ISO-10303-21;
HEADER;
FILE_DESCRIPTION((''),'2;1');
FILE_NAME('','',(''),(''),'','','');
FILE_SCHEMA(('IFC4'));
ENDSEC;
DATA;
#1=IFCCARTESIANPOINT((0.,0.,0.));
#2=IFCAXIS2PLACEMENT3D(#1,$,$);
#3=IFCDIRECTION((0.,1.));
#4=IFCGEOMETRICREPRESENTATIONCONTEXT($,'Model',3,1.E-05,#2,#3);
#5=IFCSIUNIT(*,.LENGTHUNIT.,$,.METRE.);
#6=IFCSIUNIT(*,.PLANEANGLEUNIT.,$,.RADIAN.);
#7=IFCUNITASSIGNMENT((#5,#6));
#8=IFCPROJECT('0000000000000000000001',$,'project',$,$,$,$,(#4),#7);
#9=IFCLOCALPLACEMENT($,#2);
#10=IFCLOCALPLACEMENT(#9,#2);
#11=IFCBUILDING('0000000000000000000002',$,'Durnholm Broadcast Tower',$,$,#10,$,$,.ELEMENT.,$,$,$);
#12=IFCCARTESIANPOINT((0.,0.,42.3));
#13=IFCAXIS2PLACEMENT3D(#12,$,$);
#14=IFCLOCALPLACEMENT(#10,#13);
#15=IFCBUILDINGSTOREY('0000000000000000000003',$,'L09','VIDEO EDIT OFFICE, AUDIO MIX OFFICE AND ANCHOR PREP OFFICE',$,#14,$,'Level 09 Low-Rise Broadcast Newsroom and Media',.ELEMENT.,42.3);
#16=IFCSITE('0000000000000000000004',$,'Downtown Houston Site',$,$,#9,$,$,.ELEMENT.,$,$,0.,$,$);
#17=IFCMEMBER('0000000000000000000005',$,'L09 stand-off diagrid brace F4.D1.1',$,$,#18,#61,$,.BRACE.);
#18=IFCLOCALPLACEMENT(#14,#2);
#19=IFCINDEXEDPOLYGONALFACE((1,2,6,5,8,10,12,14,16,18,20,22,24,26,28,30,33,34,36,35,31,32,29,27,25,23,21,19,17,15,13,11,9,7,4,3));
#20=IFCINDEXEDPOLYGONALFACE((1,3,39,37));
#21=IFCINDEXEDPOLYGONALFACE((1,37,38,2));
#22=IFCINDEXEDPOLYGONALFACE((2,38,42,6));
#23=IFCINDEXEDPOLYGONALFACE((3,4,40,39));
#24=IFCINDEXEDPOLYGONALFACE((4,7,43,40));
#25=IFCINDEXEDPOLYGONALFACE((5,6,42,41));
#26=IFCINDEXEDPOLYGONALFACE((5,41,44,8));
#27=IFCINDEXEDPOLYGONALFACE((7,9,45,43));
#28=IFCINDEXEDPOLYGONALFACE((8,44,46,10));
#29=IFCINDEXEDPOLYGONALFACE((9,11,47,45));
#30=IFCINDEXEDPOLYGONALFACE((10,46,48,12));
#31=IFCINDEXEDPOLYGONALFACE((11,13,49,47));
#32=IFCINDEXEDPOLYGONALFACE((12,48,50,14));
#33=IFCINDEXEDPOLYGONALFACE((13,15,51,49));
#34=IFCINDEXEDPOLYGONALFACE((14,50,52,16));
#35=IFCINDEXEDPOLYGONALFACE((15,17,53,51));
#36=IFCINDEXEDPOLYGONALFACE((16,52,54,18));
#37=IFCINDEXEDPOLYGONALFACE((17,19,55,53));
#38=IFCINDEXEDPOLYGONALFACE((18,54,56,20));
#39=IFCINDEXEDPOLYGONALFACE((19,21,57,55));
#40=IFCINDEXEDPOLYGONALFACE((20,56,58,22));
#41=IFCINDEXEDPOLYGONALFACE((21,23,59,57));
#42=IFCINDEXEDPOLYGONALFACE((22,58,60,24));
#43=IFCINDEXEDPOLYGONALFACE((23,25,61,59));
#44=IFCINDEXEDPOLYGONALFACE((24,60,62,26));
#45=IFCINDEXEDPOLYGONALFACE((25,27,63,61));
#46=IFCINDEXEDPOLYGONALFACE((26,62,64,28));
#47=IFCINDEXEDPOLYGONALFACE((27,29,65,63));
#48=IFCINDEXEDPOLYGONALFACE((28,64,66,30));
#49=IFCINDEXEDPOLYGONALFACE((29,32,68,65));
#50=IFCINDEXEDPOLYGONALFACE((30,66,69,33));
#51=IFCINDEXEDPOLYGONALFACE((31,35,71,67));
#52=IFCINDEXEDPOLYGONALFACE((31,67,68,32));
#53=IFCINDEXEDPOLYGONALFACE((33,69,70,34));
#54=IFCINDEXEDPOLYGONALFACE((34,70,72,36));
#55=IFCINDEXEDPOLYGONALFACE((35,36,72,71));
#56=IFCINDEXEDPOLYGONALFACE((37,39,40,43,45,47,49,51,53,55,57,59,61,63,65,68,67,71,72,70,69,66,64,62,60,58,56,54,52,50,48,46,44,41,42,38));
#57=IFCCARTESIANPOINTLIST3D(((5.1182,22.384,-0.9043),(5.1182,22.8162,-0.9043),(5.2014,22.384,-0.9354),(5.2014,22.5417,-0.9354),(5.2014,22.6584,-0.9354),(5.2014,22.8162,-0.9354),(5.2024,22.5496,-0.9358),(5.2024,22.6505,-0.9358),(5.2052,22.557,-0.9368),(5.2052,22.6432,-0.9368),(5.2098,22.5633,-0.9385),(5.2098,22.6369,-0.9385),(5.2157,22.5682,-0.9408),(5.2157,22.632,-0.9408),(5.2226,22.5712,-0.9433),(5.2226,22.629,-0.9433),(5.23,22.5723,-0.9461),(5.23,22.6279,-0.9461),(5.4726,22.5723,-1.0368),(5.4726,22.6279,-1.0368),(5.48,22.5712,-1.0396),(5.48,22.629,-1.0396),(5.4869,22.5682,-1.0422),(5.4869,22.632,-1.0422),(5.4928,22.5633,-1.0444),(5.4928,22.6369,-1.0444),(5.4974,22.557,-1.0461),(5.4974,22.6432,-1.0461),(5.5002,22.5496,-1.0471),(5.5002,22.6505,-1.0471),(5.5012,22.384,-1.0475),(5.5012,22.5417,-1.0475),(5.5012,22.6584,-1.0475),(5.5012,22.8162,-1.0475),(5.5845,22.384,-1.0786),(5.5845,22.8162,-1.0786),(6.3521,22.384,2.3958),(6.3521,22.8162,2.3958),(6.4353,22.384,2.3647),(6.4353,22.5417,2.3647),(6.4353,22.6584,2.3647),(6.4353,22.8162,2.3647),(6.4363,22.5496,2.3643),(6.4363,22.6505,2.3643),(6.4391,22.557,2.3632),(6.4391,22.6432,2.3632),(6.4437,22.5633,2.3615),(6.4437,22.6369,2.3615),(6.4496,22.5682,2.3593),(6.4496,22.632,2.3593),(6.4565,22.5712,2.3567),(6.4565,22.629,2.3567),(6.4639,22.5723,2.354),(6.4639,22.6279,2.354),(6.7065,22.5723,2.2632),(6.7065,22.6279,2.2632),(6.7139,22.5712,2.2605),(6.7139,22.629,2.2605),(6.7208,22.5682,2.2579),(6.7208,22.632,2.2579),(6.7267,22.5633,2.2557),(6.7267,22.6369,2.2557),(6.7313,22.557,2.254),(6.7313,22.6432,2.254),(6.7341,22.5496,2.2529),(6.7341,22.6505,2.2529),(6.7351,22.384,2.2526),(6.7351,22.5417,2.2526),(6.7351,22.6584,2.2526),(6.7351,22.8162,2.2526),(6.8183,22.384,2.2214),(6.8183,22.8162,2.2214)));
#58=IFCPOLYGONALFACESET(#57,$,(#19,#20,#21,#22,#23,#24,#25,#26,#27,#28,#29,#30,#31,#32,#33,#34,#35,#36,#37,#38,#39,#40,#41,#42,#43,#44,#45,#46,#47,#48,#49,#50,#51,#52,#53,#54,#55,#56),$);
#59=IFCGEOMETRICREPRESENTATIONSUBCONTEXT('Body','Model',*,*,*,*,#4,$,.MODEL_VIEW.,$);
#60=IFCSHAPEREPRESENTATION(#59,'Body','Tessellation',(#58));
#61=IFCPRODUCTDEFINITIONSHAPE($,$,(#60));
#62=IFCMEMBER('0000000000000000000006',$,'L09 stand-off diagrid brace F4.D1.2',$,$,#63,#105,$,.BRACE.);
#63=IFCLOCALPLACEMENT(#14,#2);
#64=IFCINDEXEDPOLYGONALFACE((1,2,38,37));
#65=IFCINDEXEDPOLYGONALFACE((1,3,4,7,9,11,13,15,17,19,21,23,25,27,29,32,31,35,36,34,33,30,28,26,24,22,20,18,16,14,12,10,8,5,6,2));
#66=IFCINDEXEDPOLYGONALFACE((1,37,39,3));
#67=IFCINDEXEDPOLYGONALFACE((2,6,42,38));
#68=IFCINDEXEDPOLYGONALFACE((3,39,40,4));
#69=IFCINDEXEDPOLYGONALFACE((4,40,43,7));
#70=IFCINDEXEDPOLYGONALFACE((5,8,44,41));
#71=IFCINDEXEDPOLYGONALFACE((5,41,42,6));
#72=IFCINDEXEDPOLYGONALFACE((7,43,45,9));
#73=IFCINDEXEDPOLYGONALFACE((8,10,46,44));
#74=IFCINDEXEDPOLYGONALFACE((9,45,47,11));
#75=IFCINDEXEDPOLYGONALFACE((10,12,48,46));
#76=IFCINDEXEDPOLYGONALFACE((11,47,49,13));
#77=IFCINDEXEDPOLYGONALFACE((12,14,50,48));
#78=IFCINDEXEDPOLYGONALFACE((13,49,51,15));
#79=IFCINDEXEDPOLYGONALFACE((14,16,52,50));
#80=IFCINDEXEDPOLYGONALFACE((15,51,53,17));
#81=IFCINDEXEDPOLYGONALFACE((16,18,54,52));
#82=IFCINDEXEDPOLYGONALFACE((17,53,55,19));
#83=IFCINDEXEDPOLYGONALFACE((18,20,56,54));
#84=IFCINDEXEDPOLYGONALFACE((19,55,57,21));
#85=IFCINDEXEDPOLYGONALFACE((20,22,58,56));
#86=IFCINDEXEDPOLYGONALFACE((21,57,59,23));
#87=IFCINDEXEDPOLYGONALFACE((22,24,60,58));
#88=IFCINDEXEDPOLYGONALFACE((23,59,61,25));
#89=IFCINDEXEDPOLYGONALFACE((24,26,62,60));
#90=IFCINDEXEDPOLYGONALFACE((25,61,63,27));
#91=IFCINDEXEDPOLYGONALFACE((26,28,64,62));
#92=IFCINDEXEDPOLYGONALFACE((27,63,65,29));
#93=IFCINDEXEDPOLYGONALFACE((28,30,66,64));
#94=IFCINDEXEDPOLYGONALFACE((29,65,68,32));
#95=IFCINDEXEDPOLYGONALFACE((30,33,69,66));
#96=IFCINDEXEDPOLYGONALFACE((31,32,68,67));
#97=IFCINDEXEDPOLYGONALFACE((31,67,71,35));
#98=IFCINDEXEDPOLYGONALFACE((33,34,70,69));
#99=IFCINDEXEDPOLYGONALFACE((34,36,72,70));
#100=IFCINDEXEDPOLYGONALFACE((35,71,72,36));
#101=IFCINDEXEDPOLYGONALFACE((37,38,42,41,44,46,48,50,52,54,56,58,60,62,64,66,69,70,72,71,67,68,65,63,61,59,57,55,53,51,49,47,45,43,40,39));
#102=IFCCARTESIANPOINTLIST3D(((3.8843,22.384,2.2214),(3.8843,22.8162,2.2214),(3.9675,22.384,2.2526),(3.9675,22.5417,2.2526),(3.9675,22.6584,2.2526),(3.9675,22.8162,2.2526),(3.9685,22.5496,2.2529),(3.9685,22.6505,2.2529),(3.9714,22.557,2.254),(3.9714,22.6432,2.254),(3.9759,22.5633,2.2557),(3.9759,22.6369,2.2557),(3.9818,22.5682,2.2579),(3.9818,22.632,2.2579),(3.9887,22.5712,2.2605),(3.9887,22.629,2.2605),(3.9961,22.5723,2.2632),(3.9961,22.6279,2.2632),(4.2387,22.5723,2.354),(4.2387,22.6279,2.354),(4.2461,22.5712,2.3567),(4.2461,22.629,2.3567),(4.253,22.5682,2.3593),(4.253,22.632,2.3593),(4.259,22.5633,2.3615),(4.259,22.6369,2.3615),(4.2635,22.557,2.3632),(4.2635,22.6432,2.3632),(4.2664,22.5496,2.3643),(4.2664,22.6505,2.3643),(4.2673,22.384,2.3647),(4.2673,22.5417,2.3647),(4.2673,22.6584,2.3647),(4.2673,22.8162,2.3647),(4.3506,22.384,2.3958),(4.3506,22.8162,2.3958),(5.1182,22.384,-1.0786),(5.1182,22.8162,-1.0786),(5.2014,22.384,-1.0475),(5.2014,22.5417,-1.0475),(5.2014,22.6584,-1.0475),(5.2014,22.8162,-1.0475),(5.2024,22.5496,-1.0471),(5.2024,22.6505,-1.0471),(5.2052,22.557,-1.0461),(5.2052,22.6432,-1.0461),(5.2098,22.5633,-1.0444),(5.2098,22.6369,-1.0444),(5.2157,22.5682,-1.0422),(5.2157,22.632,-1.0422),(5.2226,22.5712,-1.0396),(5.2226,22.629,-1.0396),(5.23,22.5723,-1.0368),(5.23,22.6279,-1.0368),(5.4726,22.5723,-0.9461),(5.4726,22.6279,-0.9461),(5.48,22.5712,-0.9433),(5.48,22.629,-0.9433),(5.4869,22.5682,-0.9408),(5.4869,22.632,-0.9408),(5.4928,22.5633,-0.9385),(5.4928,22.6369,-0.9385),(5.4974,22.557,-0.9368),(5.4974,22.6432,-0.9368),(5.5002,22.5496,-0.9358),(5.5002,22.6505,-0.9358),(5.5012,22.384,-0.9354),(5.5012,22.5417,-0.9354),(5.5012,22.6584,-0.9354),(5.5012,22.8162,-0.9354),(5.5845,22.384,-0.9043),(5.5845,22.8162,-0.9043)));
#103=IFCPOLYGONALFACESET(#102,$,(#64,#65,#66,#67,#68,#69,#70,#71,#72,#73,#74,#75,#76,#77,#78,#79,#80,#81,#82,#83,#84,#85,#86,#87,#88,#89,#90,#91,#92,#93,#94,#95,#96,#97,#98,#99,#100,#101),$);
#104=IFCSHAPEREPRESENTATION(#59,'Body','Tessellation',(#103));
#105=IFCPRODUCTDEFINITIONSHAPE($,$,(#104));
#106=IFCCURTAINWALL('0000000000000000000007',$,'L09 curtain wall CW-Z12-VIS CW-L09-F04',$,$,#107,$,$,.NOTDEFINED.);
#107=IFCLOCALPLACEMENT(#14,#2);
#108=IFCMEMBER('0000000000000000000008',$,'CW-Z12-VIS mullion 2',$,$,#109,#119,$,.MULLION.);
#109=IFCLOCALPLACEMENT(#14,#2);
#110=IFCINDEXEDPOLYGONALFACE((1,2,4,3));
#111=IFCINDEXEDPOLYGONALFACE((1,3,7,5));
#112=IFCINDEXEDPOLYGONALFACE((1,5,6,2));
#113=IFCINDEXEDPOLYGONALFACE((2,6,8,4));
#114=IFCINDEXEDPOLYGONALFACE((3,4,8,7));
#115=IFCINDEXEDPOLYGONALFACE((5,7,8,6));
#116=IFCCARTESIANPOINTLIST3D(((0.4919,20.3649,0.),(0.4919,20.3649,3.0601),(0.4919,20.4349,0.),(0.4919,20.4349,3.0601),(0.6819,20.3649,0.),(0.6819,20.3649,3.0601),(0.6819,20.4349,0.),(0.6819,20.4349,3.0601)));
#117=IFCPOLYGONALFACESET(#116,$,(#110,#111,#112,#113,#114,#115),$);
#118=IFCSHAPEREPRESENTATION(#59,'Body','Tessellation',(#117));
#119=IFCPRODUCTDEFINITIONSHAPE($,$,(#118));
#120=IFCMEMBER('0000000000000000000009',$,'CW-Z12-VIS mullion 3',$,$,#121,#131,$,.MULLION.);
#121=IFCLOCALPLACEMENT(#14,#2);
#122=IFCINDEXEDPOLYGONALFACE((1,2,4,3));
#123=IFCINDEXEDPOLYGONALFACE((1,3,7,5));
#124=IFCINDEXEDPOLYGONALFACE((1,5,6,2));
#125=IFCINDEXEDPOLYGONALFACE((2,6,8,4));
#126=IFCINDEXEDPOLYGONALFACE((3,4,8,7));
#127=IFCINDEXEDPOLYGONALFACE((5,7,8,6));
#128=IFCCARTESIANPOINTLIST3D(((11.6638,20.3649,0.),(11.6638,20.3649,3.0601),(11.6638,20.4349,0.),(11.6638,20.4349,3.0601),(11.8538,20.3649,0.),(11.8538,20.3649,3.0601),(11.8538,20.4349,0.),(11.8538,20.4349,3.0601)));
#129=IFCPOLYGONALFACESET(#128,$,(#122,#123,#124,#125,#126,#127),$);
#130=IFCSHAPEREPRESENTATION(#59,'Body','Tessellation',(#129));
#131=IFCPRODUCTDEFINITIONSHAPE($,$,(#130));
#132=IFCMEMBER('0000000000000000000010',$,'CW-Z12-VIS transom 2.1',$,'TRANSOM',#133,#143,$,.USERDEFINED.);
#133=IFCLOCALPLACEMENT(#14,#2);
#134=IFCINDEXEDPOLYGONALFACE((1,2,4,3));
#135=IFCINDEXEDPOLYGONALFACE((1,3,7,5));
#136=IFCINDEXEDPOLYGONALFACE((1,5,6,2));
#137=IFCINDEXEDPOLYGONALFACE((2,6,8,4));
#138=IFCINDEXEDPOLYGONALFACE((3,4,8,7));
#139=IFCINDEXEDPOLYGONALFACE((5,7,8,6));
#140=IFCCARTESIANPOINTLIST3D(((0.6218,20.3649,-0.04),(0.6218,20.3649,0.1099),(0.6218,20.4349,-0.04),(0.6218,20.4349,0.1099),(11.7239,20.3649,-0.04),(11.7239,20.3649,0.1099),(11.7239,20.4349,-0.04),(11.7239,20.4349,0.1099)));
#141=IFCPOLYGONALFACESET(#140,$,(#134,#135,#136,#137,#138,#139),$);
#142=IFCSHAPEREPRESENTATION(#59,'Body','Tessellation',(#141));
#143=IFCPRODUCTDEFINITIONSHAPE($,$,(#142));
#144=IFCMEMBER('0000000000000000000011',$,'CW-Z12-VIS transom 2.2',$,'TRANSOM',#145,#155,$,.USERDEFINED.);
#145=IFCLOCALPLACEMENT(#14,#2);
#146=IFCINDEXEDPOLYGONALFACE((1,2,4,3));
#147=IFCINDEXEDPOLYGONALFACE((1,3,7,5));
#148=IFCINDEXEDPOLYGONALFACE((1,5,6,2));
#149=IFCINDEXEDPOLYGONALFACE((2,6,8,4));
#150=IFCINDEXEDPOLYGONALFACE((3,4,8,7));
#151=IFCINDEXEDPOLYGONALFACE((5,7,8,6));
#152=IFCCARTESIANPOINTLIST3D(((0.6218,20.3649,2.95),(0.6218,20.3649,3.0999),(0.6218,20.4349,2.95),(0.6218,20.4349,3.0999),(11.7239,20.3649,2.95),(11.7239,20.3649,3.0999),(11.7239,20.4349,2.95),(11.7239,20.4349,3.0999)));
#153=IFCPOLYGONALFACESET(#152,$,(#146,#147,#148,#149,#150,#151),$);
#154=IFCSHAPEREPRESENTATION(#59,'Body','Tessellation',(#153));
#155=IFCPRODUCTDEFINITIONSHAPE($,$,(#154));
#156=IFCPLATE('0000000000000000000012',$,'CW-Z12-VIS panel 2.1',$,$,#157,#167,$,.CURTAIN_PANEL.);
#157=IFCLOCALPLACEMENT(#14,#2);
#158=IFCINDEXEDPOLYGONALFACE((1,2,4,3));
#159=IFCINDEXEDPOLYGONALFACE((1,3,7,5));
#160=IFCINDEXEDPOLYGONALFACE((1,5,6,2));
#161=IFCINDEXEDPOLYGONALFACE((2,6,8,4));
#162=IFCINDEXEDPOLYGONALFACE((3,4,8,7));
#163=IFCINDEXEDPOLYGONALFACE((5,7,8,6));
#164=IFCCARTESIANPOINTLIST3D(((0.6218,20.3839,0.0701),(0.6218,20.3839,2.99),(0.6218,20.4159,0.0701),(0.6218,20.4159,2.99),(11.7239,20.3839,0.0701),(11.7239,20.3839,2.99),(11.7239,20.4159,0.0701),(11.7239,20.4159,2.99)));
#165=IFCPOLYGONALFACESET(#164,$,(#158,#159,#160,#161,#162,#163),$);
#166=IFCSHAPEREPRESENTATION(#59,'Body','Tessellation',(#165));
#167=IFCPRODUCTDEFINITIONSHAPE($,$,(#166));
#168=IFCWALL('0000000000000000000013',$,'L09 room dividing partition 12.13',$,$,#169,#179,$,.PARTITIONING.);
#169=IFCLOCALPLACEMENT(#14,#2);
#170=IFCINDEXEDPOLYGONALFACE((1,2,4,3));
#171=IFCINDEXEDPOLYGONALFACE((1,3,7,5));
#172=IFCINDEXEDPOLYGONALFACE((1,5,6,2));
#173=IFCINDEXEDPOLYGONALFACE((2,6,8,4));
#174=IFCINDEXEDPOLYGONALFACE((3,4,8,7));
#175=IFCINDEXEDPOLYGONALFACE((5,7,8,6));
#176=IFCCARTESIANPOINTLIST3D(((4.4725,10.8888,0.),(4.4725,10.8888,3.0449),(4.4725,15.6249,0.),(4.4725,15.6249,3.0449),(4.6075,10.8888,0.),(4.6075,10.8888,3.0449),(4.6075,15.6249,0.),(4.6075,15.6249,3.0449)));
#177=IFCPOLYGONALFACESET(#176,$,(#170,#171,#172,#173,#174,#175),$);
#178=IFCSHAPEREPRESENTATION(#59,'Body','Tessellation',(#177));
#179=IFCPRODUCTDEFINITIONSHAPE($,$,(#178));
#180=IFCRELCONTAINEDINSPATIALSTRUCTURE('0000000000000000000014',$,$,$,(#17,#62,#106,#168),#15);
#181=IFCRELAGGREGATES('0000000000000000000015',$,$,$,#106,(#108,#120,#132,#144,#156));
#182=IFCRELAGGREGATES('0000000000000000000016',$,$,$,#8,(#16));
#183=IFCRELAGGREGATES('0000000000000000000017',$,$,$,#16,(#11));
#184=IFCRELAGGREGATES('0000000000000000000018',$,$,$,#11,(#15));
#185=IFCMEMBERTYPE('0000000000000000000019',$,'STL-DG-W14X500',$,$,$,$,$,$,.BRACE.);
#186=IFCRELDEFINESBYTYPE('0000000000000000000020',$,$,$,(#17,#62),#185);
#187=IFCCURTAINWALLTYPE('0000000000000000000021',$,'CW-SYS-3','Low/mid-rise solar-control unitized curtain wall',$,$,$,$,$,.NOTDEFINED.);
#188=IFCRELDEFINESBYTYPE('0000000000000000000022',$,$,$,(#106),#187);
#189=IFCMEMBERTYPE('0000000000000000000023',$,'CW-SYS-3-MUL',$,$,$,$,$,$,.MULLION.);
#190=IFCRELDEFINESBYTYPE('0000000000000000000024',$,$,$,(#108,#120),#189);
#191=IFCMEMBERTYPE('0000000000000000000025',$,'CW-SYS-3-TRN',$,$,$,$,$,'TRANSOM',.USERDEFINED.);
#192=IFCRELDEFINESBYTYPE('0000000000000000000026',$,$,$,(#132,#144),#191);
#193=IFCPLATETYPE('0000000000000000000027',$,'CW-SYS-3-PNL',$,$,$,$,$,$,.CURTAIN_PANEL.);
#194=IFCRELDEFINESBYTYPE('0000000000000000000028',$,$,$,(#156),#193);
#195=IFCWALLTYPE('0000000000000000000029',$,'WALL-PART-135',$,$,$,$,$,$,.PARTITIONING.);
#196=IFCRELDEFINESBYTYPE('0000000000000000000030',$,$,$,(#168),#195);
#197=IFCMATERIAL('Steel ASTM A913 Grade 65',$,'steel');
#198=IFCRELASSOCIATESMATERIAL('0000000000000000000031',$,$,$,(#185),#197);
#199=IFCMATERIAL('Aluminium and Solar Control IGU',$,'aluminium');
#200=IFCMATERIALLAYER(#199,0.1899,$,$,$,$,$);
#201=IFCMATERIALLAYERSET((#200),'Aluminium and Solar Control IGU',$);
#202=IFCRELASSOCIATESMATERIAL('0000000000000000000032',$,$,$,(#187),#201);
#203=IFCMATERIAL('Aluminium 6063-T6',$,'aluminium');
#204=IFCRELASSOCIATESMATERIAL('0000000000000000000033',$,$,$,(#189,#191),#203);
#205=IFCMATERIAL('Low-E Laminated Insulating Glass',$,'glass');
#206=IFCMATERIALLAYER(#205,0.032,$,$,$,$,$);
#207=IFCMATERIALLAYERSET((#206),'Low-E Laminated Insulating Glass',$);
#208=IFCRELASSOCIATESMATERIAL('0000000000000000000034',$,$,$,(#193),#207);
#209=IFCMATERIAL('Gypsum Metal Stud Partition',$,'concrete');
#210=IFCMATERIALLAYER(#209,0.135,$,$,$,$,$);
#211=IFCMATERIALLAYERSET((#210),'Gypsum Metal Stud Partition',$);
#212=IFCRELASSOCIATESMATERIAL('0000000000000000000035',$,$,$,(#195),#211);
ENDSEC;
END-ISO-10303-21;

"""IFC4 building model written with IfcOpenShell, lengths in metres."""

from ifc_helpers import new_model, si_unit, direction, frame, frame_2d, origin, origin_2d, place, context, subcontext, project, spatial, rectangle, i_section, extrude, source, transform, mapped, material, layer, layer_set, material_profile, profile_set, type_object, type_shapes, element, aggregate, save


model = new_model("IFC4")

# Units and contexts
model_context = context("Model", 3, precision=1e-05, world=origin(), true_north=direction((0.0, 1.0)))
body_context = subcontext(model_context, "Body", "Model", "MODEL_VIEW")
ifc_project = project(units=[si_unit("LENGTHUNIT", "METRE"), si_unit("PLANEANGLEUNIT", "RADIAN")], contexts=[model_context])

# Site, building, storey
site_placement = place(None, origin())
site = spatial("IfcSite", under=ifc_project, at=site_placement, Name="Downtown Houston Site", CompositionType="ELEMENT", RefElevation=0.0)
building_placement = place(site_placement, origin())
building = spatial("IfcBuilding", under=site, at=building_placement, Name="Durnholm Broadcast Tower", CompositionType="ELEMENT")
storey_placement = place(building_placement, frame((0.0, 0.0, 42.3)))
storey = spatial("IfcBuildingStorey", under=building, at=storey_placement, Name="L09", Description="VIDEO EDIT OFFICE, AUDIO MIX OFFICE AND ANCHOR PREP OFFICE", LongName="Level 09 Low-Rise Broadcast Newsroom and Media", CompositionType="ELEMENT", Elevation=42.3)

# Members
ifc_material_1 = material(Name="Steel ASTM A913 Grade 65", Category="steel")
ifc_material_profile_1 = material_profile(ifc_material_1, i_section(OverallWidth=0.4321, OverallDepth=0.4978, WebThickness=0.0557, FlangeThickness=0.0889, FilletRadius=0.0305, at=origin_2d()), Name="W14X500")
ifc_profile_set_1 = profile_set([ifc_material_profile_1], Name="Steel ASTM A913 Grade 65")
member_type_1 = type_object("IfcMemberType", Name="STL-DG-W14X500", PredefinedType="BRACE", material=ifc_profile_set_1)
shared_shape_1 = source(origin(), body_context, "Body", "SweptSolid", [
    extrude(i_section(OverallWidth=0.4321, OverallDepth=0.4978, WebThickness=0.0557, FlangeThickness=0.0889, FilletRadius=0.0305, at=origin_2d()), origin(), (0.0, 0.0, 1.0), 3.5232),
])
type_shapes(member_type_1, [shared_shape_1])
for number, where, z_axis, x_axis, name in (
    (1, (5.3513, 22.6001, -0.9915), (0.35022, 0.0, 0.936668), (0.0, 1.0, 0.0), "L09 stand-off diagrid brace F4.D1.1"),
    (2, (5.3513, 22.6001, -0.9915), (-0.35022, 0.0, 0.936668), (0.0, -1.0, 0.0), "L09 stand-off diagrid brace F4.D1.2"),
):
    element("IfcMember", number, at=place(storey_placement, frame(where, z_axis=z_axis, x_axis=x_axis)), inside=storey, type_object=member_type_1, Name=name, PredefinedType="BRACE", context=body_context, shape_type="MappedRepresentation", body=[
        mapped(shared_shape_1, transform((0.0, 0.0, 0.0), x_axis=(1.0, 0.0, 0.0), y_axis=(0.0, 1.0, 0.0), z_axis=(0.0, 0.0, 1.0), scale=1.0)),
    ])

# Curtain wall, members, plate
ifc_material_2 = material(Name="Aluminium and Solar Control IGU", Category="aluminium")
ifc_layer_1 = layer(ifc_material_2, 0.1899)
ifc_layer_set_1 = layer_set([ifc_layer_1], Name="Aluminium and Solar Control IGU")
curtain_wall_type = type_object("IfcCurtainWallType", Name="CW-SYS-3", Description="Low/mid-rise solar-control unitized curtain wall", PredefinedType="NOTDEFINED", material=ifc_layer_set_1)
curtain_wall_placement = place(storey_placement, origin())
curtain_wall = element("IfcCurtainWall", 3, at=curtain_wall_placement, inside=storey, type_object=curtain_wall_type, Name="L09 curtain wall CW-Z12-VIS CW-L09-F04", PredefinedType="NOTDEFINED")
ifc_material_3 = material(Name="Aluminium 6063-T6", Category="aluminium")
ifc_material_profile_2 = material_profile(ifc_material_3, rectangle(XDim=0.0701, YDim=0.1899, at=origin_2d()), Name="CWM70X190")
ifc_profile_set_2 = profile_set([ifc_material_profile_2], Name="Aluminium 6063-T6")
member_type_2 = type_object("IfcMemberType", Name="CW-SYS-3-MUL", PredefinedType="MULLION", material=ifc_profile_set_2)
shared_shape_2 = source(origin(), body_context, "Body", "SweptSolid", [
    extrude(rectangle(XDim=0.0701, YDim=0.1899, at=origin_2d()), origin(), (0.0, 0.0, 1.0), 3.0601),
])
type_shapes(member_type_2, [shared_shape_2])
member_1_placement = place(storey_placement, frame((0.5869, 20.3999, 0.0), z_axis=(0.0, 0.0, 1.0), x_axis=(0.0, 1.0, 0.0)))
member_1 = element("IfcMember", 4, at=member_1_placement, type_object=member_type_2, Name="CW-Z12-VIS mullion 2", PredefinedType="MULLION", context=body_context, shape_type="MappedRepresentation", body=[
    mapped(shared_shape_2, transform((0.0, 0.0, 0.0), x_axis=(1.0, 0.0, 0.0), y_axis=(0.0, 1.0, 0.0), z_axis=(0.0, 0.0, 1.0), scale=1.0)),
])
member_2_placement = place(storey_placement, frame((11.7588, 20.3999, 0.0), z_axis=(0.0, 0.0, 1.0), x_axis=(0.0, 1.0, 0.0)))
member_2 = element("IfcMember", 5, at=member_2_placement, type_object=member_type_2, Name="CW-Z12-VIS mullion 3", PredefinedType="MULLION", context=body_context, shape_type="MappedRepresentation", body=[
    mapped(shared_shape_2, transform((0.0, 0.0, 0.0), x_axis=(1.0, 0.0, 0.0), y_axis=(0.0, 1.0, 0.0), z_axis=(0.0, 0.0, 1.0), scale=1.0)),
])
ifc_material_profile_3 = material_profile(ifc_material_3, rectangle(XDim=0.0701, YDim=0.1499, at=origin_2d()), Name="CWT70X150")
ifc_profile_set_3 = profile_set([ifc_material_profile_3], Name="Aluminium 6063-T6")
member_type_3 = type_object("IfcMemberType", Name="CW-SYS-3-TRN", ElementType="TRANSOM", PredefinedType="USERDEFINED", material=ifc_profile_set_3)
shared_shape_3 = source(origin(), body_context, "Body", "SweptSolid", [
    extrude(rectangle(XDim=0.0701, YDim=0.1499, at=origin_2d()), origin(), (0.0, 0.0, 1.0), 11.1021),
])
type_shapes(member_type_3, [shared_shape_3])
member_3_placement = place(storey_placement, frame((0.6218, 20.3999, 0.0349), z_axis=(1.0, 0.0, 0.0), x_axis=(0.0, 1.0, 0.0)))
member_3 = element("IfcMember", 6, at=member_3_placement, type_object=member_type_3, Name="CW-Z12-VIS transom 2.1", ObjectType="TRANSOM", PredefinedType="USERDEFINED", context=body_context, shape_type="MappedRepresentation", body=[
    mapped(shared_shape_3, transform((0.0, 0.0, 0.0), x_axis=(1.0, 0.0, 0.0), y_axis=(0.0, 1.0, 0.0), z_axis=(0.0, 0.0, 1.0), scale=1.0)),
])
member_4_placement = place(storey_placement, frame((0.6218, 20.3999, 3.0249), z_axis=(1.0, 0.0, 0.0), x_axis=(0.0, 1.0, 0.0)))
member_4 = element("IfcMember", 7, at=member_4_placement, type_object=member_type_3, Name="CW-Z12-VIS transom 2.2", ObjectType="TRANSOM", PredefinedType="USERDEFINED", context=body_context, shape_type="MappedRepresentation", body=[
    mapped(shared_shape_3, transform((0.0, 0.0, 0.0), x_axis=(1.0, 0.0, 0.0), y_axis=(0.0, 1.0, 0.0), z_axis=(0.0, 0.0, 1.0), scale=1.0)),
])
ifc_material_4 = material(Name="Low-E Laminated Insulating Glass", Category="glass")
ifc_layer_2 = layer(ifc_material_4, 0.032)
ifc_layer_set_2 = layer_set([ifc_layer_2], Name="Low-E Laminated Insulating Glass")
plate_type = type_object("IfcPlateType", Name="CW-SYS-3-PNL", PredefinedType="CURTAIN_PANEL", material=ifc_layer_set_2)
shared_shape_4 = source(origin(), body_context, "Body", "SweptSolid", [
    extrude(rectangle(XDim=11.1021, YDim=0.032, at=origin_2d()), origin(), (0.0, 0.0, 1.0), 2.9199),
])
type_shapes(plate_type, [shared_shape_4])
plate_placement = place(storey_placement, frame((6.1729, 20.3999, 0.0701), z_axis=(0.0, 0.0, 1.0), x_axis=(1.0, 0.0, 0.0)))
plate = element("IfcPlate", 8, at=plate_placement, type_object=plate_type, Name="CW-Z12-VIS panel 2.1", PredefinedType="CURTAIN_PANEL", context=body_context, shape_type="MappedRepresentation", body=[
    mapped(shared_shape_4, transform((0.0, 0.0, 0.0), x_axis=(1.0, 0.0, 0.0), y_axis=(0.0, 1.0, 0.0), z_axis=(0.0, 0.0, 1.0), scale=1.0)),
])
aggregate(curtain_wall, [member_1, member_2, member_3, member_4, plate])

# Wall
ifc_material_5 = material(Name="Gypsum Metal Stud Partition", Category="concrete")
ifc_layer_3 = layer(ifc_material_5, 0.135)
ifc_layer_set_3 = layer_set([ifc_layer_3], Name="Gypsum Metal Stud Partition")
wall_type = type_object("IfcWallType", Name="WALL-PART-135", PredefinedType="PARTITIONING", material=ifc_layer_set_3)
wall_1_placement = place(storey_placement, frame((4.54, 15.625, 0.0), z_axis=(0.0, 0.0, 1.0), x_axis=(0.0, -1.0, 0.0)))
element("IfcWall", 9, at=wall_1_placement, inside=storey, type_object=wall_type, Name="L09 room dividing partition 12.13", PredefinedType="PARTITIONING", context=body_context, shape_type="SweptSolid", body=[
    extrude(rectangle(XDim=4.7361, YDim=0.135, at=frame_2d((2.3682, 0.0))), origin(), (0.0, 0.0, 1.0), 3.0449),
])

save(model, "model.ifc")
